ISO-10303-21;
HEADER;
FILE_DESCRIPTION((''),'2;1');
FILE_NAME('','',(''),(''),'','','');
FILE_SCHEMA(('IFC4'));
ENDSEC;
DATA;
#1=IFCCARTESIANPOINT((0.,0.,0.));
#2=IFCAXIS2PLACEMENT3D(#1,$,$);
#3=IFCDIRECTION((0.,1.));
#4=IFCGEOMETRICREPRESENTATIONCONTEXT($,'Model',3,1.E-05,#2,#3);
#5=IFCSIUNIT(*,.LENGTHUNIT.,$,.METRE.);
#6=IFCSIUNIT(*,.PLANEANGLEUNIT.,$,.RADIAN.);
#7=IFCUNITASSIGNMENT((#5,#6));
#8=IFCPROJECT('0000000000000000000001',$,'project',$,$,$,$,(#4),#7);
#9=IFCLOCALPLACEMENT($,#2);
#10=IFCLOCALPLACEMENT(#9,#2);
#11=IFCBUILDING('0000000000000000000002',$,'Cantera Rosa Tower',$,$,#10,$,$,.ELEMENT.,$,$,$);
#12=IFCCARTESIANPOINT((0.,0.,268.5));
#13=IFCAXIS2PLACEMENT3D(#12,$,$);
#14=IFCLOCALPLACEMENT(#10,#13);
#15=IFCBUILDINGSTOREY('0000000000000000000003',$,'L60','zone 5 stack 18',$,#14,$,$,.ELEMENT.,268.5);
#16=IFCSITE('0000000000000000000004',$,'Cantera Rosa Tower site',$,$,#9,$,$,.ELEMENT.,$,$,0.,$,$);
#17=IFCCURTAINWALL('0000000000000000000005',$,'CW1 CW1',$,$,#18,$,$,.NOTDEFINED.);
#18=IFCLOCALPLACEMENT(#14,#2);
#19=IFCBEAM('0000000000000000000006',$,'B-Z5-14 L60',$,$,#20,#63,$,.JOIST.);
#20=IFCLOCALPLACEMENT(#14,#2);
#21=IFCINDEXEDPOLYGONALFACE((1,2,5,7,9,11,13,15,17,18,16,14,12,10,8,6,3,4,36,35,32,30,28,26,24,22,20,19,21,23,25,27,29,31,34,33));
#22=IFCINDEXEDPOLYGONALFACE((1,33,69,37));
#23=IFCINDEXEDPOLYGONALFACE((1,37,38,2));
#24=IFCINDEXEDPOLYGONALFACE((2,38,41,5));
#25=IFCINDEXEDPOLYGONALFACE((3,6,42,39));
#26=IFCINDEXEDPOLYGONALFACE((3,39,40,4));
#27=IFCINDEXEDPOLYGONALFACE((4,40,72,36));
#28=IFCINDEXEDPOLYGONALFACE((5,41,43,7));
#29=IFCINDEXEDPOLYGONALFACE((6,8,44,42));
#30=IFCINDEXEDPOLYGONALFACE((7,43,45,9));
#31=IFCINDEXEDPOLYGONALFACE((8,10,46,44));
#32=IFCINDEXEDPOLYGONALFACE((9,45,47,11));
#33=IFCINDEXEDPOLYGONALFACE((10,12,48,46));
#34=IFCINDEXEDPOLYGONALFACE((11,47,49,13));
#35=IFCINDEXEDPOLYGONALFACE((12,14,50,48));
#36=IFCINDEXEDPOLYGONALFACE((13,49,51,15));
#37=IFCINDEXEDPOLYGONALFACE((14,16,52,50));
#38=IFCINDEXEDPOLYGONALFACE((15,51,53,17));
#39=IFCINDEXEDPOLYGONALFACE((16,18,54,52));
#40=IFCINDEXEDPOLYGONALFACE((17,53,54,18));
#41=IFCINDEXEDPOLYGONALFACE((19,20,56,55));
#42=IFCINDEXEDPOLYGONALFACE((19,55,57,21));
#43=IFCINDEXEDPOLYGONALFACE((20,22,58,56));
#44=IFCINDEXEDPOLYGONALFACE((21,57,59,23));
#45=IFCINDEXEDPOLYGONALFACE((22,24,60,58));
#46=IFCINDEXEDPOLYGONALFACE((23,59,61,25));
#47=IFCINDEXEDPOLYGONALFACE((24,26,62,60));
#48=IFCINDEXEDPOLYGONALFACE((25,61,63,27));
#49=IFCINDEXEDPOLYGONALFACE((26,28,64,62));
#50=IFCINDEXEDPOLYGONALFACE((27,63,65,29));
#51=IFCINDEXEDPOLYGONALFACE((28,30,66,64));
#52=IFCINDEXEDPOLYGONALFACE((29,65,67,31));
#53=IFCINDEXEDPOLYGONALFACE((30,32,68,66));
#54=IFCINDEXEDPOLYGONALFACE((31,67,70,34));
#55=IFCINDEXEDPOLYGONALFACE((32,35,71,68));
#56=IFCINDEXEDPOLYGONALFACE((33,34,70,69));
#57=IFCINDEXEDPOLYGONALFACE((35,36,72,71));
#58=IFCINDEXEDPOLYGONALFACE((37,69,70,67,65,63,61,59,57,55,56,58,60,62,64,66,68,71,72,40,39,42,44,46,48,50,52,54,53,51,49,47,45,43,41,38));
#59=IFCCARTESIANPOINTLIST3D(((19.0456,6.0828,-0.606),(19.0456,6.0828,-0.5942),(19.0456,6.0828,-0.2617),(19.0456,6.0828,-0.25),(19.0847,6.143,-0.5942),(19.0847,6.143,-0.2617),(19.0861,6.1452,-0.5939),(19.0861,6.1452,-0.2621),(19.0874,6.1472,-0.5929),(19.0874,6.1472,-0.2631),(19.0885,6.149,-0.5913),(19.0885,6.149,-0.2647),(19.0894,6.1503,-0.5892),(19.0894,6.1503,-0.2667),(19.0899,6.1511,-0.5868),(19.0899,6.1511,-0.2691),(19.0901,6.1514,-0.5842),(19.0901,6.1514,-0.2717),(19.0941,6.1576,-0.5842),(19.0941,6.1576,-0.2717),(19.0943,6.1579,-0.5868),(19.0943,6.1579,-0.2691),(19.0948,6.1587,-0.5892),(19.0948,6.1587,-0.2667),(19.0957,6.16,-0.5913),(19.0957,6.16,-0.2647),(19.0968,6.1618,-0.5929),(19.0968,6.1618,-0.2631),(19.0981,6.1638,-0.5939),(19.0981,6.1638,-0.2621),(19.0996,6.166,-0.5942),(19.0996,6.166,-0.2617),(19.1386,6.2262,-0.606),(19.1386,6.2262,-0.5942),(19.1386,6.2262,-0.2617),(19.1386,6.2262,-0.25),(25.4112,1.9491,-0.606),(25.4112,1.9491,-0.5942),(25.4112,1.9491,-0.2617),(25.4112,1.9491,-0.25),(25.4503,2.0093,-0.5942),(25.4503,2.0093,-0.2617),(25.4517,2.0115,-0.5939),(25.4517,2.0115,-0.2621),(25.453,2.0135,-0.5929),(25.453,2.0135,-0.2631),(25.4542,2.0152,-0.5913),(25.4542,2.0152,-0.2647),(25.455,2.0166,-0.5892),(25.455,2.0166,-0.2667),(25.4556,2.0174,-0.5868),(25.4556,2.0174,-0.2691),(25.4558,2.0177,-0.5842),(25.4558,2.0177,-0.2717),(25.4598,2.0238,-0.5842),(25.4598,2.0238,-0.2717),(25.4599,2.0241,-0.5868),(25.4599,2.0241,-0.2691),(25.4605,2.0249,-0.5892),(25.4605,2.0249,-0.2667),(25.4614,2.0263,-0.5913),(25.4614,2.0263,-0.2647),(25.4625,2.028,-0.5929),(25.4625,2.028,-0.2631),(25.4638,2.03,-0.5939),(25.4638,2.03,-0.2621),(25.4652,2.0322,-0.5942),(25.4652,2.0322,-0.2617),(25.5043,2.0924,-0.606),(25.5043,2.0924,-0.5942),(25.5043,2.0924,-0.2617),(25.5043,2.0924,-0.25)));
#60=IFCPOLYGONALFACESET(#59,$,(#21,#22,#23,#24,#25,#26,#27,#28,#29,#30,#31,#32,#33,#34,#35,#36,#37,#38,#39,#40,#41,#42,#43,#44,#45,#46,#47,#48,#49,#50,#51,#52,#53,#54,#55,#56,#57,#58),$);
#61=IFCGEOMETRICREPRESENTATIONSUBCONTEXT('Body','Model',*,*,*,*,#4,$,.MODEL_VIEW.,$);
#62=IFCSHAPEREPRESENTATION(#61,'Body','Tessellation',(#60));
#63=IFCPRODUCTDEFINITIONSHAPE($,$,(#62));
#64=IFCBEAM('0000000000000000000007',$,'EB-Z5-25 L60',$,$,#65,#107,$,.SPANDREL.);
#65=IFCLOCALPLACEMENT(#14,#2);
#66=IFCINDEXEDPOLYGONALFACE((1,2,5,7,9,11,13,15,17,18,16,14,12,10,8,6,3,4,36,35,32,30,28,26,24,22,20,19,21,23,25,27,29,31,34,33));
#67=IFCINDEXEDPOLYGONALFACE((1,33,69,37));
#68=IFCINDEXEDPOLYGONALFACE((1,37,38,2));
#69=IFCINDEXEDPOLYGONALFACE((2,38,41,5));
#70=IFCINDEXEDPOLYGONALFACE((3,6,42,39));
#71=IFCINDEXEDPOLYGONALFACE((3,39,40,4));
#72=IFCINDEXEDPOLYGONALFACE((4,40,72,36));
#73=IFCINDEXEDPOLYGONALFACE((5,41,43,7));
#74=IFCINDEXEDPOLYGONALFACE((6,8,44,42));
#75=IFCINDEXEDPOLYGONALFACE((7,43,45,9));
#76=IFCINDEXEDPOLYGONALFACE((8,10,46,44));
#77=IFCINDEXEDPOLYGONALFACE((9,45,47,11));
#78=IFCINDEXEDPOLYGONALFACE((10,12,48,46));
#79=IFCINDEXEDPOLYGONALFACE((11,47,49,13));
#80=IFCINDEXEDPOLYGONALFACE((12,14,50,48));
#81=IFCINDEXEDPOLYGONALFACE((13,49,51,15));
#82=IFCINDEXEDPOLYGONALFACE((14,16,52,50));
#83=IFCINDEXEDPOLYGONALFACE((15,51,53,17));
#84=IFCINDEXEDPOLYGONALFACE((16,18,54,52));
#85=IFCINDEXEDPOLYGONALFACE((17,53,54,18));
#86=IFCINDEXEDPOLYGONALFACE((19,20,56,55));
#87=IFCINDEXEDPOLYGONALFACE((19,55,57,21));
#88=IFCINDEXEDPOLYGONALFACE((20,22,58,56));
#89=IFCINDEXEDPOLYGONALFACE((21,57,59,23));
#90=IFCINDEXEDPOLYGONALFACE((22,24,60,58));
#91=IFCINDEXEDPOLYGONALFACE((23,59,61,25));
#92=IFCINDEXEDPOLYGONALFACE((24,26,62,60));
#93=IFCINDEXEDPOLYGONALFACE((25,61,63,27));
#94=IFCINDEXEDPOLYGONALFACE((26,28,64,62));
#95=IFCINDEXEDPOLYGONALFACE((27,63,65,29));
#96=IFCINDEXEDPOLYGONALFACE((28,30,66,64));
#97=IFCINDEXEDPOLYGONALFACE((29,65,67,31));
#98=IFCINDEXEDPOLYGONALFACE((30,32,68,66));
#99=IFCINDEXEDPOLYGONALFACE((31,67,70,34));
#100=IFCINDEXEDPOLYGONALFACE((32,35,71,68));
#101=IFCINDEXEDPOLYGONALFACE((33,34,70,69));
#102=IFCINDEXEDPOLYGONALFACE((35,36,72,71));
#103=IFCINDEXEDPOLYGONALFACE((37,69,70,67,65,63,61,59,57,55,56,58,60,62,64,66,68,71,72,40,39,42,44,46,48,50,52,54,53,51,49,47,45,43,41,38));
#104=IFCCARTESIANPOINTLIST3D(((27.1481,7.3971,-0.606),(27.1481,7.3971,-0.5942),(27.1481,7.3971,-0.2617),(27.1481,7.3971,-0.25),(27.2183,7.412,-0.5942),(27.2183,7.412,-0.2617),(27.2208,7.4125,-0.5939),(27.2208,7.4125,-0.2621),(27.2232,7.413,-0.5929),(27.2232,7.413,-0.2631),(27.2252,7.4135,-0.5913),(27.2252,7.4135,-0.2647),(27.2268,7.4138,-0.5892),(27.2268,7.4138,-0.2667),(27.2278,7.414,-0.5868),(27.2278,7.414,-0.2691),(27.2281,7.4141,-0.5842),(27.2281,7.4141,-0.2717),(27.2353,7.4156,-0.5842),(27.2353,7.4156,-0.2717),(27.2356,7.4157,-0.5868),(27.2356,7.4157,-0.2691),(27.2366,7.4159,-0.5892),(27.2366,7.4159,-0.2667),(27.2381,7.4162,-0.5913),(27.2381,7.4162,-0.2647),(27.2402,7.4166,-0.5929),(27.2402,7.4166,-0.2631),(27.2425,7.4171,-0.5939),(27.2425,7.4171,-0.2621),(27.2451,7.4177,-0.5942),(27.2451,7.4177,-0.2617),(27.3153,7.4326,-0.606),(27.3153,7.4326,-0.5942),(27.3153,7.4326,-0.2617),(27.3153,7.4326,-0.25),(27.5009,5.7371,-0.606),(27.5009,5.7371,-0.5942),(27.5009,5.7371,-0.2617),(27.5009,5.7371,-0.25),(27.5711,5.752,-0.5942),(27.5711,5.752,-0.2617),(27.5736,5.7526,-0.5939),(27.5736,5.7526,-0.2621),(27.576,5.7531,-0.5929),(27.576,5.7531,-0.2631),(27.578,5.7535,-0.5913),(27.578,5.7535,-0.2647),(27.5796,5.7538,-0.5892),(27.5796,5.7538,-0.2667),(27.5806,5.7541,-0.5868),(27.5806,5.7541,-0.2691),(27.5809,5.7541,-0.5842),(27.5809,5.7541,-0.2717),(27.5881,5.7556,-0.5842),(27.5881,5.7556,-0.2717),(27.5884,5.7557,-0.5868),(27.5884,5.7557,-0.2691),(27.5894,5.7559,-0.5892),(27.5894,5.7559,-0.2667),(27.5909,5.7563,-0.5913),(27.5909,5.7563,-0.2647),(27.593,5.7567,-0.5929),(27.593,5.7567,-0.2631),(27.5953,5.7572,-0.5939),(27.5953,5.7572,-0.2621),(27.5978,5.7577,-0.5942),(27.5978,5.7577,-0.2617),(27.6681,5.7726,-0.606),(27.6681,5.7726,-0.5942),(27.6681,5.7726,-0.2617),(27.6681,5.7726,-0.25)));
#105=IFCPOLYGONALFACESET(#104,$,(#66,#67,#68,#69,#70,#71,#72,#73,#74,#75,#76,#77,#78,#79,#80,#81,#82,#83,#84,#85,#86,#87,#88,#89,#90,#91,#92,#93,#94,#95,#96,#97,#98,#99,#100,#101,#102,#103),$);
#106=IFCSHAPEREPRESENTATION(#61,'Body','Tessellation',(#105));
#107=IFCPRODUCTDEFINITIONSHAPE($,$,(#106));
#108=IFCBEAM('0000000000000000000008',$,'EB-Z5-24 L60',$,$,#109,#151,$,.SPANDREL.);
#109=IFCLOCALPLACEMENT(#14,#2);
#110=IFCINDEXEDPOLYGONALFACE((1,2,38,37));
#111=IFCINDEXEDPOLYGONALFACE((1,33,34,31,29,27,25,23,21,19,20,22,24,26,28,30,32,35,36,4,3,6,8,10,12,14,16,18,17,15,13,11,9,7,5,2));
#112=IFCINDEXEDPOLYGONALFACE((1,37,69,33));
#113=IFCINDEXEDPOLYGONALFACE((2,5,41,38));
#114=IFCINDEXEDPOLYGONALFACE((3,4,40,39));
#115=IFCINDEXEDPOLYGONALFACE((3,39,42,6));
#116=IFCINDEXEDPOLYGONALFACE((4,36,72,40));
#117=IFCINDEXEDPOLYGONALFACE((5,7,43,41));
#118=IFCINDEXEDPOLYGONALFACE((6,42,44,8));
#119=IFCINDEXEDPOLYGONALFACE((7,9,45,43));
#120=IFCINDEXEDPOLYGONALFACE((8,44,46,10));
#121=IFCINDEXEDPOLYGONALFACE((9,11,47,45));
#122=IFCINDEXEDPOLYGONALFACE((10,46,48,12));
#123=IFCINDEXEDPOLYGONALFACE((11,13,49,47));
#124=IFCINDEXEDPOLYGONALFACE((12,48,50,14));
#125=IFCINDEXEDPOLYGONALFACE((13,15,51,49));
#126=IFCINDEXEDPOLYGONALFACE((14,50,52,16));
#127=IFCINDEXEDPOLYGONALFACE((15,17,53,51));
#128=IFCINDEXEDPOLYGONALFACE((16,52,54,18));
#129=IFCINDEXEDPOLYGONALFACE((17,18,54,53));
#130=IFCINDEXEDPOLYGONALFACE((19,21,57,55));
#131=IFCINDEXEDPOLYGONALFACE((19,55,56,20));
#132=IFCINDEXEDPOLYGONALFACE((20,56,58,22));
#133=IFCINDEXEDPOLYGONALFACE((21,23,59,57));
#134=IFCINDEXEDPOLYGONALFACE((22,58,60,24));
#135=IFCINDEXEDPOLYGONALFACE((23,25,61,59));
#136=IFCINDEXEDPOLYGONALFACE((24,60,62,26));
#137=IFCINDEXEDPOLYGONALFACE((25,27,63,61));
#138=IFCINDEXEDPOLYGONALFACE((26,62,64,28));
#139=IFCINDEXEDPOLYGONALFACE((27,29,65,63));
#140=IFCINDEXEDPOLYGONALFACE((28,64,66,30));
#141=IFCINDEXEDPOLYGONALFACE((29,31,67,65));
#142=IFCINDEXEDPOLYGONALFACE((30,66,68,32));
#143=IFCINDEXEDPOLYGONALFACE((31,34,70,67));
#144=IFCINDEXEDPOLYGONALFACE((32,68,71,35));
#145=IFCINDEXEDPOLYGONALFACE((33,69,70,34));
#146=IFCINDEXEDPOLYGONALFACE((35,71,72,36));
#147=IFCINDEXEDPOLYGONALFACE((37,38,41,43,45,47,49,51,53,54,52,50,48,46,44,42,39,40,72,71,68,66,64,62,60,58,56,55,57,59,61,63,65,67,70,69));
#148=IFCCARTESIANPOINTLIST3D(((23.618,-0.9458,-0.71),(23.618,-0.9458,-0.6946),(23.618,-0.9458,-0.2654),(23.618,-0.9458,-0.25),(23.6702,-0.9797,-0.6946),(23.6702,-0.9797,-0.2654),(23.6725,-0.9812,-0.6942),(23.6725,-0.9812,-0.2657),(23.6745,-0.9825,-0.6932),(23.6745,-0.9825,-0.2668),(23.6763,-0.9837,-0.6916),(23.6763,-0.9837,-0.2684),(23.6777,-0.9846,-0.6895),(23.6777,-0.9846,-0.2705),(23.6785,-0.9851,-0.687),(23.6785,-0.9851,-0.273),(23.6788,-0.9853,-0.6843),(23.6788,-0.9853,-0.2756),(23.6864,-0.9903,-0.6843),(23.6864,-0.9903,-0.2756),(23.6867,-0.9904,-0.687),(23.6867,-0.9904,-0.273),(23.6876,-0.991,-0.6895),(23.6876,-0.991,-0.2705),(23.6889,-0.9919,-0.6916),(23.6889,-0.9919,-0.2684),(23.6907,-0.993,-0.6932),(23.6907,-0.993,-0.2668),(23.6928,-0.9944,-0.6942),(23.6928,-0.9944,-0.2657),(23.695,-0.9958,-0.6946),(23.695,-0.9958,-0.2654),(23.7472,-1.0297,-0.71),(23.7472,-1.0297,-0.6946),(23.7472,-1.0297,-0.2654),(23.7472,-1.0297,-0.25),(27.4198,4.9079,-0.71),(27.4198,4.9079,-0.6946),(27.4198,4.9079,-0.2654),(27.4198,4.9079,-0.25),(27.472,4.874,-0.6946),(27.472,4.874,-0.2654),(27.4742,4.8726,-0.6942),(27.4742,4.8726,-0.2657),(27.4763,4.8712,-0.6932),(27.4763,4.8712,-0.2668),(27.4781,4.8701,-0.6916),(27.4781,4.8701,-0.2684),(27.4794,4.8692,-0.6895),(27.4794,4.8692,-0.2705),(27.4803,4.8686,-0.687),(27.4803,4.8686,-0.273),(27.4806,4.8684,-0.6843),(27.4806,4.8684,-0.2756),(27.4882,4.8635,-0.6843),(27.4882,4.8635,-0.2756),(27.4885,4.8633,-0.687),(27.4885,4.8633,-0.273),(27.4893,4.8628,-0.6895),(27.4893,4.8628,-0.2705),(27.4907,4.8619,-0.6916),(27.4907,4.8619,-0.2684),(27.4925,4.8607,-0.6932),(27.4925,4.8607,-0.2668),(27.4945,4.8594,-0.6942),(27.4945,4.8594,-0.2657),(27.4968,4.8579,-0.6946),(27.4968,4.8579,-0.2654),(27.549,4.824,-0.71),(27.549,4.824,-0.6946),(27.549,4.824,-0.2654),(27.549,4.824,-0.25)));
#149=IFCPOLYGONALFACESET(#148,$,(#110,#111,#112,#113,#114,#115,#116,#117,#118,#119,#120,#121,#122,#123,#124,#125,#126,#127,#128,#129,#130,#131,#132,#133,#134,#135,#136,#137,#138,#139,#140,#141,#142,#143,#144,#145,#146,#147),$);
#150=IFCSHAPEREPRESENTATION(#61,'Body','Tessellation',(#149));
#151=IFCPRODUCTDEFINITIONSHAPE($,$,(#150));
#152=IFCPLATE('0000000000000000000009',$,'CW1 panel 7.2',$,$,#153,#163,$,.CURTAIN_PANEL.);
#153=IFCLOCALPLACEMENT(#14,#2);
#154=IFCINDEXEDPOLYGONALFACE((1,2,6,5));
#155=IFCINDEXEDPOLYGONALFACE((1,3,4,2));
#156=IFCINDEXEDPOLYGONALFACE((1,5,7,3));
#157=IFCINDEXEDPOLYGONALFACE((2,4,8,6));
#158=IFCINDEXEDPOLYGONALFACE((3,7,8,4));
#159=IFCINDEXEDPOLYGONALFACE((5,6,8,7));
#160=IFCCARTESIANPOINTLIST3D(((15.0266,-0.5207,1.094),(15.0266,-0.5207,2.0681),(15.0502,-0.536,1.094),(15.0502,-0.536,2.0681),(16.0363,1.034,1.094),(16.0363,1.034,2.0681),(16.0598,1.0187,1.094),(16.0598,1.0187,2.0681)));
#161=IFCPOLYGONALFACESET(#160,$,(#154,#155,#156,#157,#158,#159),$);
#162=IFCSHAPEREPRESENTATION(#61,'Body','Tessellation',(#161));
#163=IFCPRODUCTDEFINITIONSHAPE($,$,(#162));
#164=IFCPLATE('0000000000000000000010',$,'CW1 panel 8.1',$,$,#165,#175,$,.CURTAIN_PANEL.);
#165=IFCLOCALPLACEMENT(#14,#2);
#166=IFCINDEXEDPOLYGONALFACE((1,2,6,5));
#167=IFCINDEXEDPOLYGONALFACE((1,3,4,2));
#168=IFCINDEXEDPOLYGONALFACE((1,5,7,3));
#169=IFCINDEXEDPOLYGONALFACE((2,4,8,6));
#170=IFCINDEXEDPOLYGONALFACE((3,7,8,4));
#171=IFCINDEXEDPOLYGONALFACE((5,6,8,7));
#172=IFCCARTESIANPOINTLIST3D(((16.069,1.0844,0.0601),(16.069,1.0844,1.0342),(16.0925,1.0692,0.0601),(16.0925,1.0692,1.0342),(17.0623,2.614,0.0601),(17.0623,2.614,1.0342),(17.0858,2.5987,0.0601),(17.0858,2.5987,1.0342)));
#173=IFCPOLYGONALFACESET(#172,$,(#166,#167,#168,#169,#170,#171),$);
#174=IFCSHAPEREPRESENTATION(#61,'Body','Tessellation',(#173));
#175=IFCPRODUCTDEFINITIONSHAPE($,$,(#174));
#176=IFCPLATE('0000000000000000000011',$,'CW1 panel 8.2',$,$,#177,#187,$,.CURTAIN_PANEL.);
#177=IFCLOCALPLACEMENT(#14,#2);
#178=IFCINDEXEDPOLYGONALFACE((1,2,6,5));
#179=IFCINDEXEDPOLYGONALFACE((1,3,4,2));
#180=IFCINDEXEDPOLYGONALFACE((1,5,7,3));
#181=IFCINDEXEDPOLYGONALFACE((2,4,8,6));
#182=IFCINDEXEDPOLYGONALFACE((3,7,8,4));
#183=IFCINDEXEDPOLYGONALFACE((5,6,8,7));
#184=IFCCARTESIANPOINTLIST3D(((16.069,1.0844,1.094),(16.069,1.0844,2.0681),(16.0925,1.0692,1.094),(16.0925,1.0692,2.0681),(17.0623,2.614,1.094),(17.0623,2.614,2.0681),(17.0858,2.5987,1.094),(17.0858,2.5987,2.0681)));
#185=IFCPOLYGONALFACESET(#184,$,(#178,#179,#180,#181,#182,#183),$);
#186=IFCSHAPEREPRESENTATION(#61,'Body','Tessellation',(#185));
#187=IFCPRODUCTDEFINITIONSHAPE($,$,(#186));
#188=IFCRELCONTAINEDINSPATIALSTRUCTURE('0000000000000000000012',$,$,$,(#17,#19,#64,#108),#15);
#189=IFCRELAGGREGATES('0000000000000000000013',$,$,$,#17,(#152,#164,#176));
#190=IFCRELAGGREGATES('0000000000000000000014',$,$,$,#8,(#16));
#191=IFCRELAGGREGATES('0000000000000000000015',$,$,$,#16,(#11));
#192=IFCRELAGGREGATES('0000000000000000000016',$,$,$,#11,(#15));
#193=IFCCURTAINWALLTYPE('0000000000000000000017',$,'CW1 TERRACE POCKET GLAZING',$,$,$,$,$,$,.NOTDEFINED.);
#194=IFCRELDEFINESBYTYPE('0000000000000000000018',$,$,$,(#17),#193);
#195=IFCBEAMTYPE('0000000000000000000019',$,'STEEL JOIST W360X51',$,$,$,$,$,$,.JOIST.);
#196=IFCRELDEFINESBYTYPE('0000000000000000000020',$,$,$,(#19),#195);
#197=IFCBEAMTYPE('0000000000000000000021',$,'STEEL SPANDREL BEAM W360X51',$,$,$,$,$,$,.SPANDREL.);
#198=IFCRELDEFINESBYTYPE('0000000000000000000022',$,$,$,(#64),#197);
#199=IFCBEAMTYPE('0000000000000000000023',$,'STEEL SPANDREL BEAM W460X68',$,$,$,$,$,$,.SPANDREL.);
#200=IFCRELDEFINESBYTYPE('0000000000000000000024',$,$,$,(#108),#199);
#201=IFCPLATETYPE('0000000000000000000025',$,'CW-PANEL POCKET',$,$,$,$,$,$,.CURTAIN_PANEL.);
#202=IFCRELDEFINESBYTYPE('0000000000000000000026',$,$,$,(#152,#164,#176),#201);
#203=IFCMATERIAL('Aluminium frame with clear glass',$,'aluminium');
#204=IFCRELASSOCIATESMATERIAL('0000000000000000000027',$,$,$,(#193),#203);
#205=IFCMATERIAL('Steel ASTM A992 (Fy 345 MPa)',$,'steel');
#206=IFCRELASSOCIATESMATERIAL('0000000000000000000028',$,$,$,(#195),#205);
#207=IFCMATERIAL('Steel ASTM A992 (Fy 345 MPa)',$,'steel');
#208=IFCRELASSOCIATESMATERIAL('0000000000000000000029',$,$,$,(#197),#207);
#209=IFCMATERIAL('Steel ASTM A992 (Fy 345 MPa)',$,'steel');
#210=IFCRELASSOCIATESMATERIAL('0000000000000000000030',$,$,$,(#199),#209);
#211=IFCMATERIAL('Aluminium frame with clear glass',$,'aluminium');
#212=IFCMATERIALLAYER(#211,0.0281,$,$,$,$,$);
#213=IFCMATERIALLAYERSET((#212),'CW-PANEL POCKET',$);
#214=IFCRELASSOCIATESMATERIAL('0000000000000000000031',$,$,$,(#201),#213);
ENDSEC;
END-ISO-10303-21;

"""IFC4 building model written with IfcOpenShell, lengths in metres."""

from ifc_helpers import new_model, si_unit, direction, frame, origin, origin_2d, place, context, subcontext, project, spatial, rectangle, i_section, extrude, material, layer, layer_set, material_profile, profile_set, type_object, element, aggregate, save


model = new_model("IFC4")

# Units and contexts
model_context = context("Model", 3, precision=1e-05, world=origin(), true_north=direction((0.0, 1.0)))
body_context = subcontext(model_context, "Body", "Model", "MODEL_VIEW")
ifc_project = project(units=[si_unit("LENGTHUNIT", "METRE"), si_unit("PLANEANGLEUNIT", "RADIAN")], contexts=[model_context])

# Site, building, storey
site_placement = place(None, origin())
site = spatial("IfcSite", under=ifc_project, at=site_placement, Name="Cantera Rosa Tower site", CompositionType="ELEMENT", RefElevation=0.0)
building_placement = place(site_placement, origin())
building = spatial("IfcBuilding", under=site, at=building_placement, Name="Cantera Rosa Tower", CompositionType="ELEMENT")
storey_placement = place(building_placement, frame((0.0, 0.0, 268.5)))
storey = spatial("IfcBuildingStorey", under=building, at=storey_placement, Name="L60", Description="zone 5 stack 18", CompositionType="ELEMENT", Elevation=268.5)

# Curtain wall
ifc_material_1 = material(Name="Aluminium frame with clear glass", Category="aluminium")
curtain_wall_type = type_object("IfcCurtainWallType", Name="CW1 TERRACE POCKET GLAZING", PredefinedType="NOTDEFINED", material=ifc_material_1)
curtain_wall_placement = place(storey_placement, origin())
curtain_wall = element("IfcCurtainWall", 1, at=curtain_wall_placement, inside=storey, type_object=curtain_wall_type, Name="CW1 CW1", PredefinedType="NOTDEFINED")

# Beams
ifc_material_2 = material(Name="Steel ASTM A992 (Fy 345 MPa)", Category="steel")
ifc_material_profile_1 = material_profile(ifc_material_2, i_section(OverallWidth=0.1709, OverallDepth=0.356, WebThickness=0.0073, FlangeThickness=0.0117, FilletRadius=0.01, at=origin_2d()), Name="W360X51")
ifc_profile_set_1 = profile_set([ifc_material_profile_1], Name="Steel ASTM A992 (Fy 345 MPa)")
beam_type_1 = type_object("IfcBeamType", Name="STEEL JOIST W360X51", PredefinedType="JOIST", material=ifc_profile_set_1)
beam_1_placement = place(storey_placement, frame((25.4578, 2.0208, -0.428), z_axis=(-0.83868, 0.544624, 0.0), x_axis=(-0.544624, -0.83868, 0.0)))
element("IfcBeam", 2, at=beam_1_placement, inside=storey, type_object=beam_type_1, Name="B-Z5-14 L60", PredefinedType="JOIST", context=body_context, shape_type="SweptSolid", body=[
    extrude(i_section(OverallWidth=0.1709, OverallDepth=0.356, WebThickness=0.0073, FlangeThickness=0.0117, FilletRadius=0.01, at=origin_2d()), origin(), (0.0, 0.0, 1.0), 7.5901),
])
ifc_material_3 = material(Name="Steel ASTM A992 (Fy 345 MPa)", Category="steel")
ifc_material_profile_2 = material_profile(ifc_material_3, i_section(OverallWidth=0.1709, OverallDepth=0.356, WebThickness=0.0073, FlangeThickness=0.0117, FilletRadius=0.01, at=origin_2d()), Name="W360X51")
ifc_profile_set_2 = profile_set([ifc_material_profile_2], Name="Steel ASTM A992 (Fy 345 MPa)")
beam_type_2 = type_object("IfcBeamType", Name="STEEL SPANDREL BEAM W360X51", PredefinedType="SPANDREL", material=ifc_profile_set_2)
beam_2_placement = place(storey_placement, frame((27.5845, 5.7549, -0.428), z_axis=(-0.207888, 0.978153, 0.0), x_axis=(-0.978153, -0.207888, 0.0)))
element("IfcBeam", 3, at=beam_2_placement, inside=storey, type_object=beam_type_2, Name="EB-Z5-25 L60", PredefinedType="SPANDREL", context=body_context, shape_type="SweptSolid", body=[
    extrude(i_section(OverallWidth=0.1709, OverallDepth=0.356, WebThickness=0.0073, FlangeThickness=0.0117, FilletRadius=0.01, at=origin_2d()), origin(), (0.0, 0.0, 1.0), 1.697),
])
ifc_material_4 = material(Name="Steel ASTM A992 (Fy 345 MPa)", Category="steel")
ifc_material_profile_3 = material_profile(ifc_material_4, i_section(OverallWidth=0.1541, OverallDepth=0.46, WebThickness=0.009, FlangeThickness=0.0154, FilletRadius=0.0103, at=origin_2d()), Name="W460X68")
ifc_profile_set_3 = profile_set([ifc_material_profile_3], Name="Steel ASTM A992 (Fy 345 MPa)")
beam_type_3 = type_object("IfcBeamType", Name="STEEL SPANDREL BEAM W460X68", PredefinedType="SPANDREL", material=ifc_profile_set_3)
beam_3_placement = place(storey_placement, frame((23.6826, -0.9878, -0.48), z_axis=(0.544667, 0.838652, 0.0), x_axis=(-0.838652, 0.544667, 0.0)))
element("IfcBeam", 4, at=beam_3_placement, inside=storey, type_object=beam_type_3, Name="EB-Z5-24 L60", PredefinedType="SPANDREL", context=body_context, shape_type="SweptSolid", body=[
    extrude(i_section(OverallWidth=0.1541, OverallDepth=0.46, WebThickness=0.009, FlangeThickness=0.0154, FilletRadius=0.0103, at=origin_2d()), origin(), (0.0, 0.0, 1.0), 6.98),
])

# Plates
ifc_material_5 = material(Name="Aluminium frame with clear glass", Category="aluminium")
ifc_layer_1 = layer(ifc_material_5, 0.0281)
ifc_layer_set_1 = layer_set([ifc_layer_1], Name="CW-PANEL POCKET")
plate_type_1 = type_object("IfcPlateType", Name="CW-PANEL POCKET", PredefinedType="CURTAIN_PANEL", material=ifc_layer_set_1)
plate_1_placement = place(storey_placement, frame((15.5432, 0.249, 1.094), z_axis=(0.0, 0.0, 1.0), x_axis=(0.544639, 0.838671, 0.0)))
plate_1 = element("IfcPlate", 5, at=plate_1_placement, type_object=plate_type_1, Name="CW1 panel 7.2", PredefinedType="CURTAIN_PANEL", context=body_context, shape_type="SweptSolid", body=[
    extrude(rectangle(XDim=1.8538, YDim=0.0281, at=origin_2d()), origin(), (0.0, 0.0, 1.0), 0.9741),
])
plate_2_placement = place(storey_placement, frame((16.5774, 1.8416, 0.0601), z_axis=(0.0, 0.0, 1.0), x_axis=(0.544639, 0.838671, 0.0)))
plate_2 = element("IfcPlate", 6, at=plate_2_placement, type_object=plate_type_1, Name="CW1 panel 8.1", PredefinedType="CURTAIN_PANEL", context=body_context, shape_type="SweptSolid", body=[
    extrude(rectangle(XDim=1.8237, YDim=0.0281, at=origin_2d()), origin(), (0.0, 0.0, 1.0), 0.9741),
])
plate_3_placement = place(storey_placement, frame((16.5774, 1.8416, 1.094), z_axis=(0.0, 0.0, 1.0), x_axis=(0.544639, 0.838671, 0.0)))
plate_3 = element("IfcPlate", 7, at=plate_3_placement, type_object=plate_type_1, Name="CW1 panel 8.2", PredefinedType="CURTAIN_PANEL", context=body_context, shape_type="SweptSolid", body=[
    extrude(rectangle(XDim=1.8237, YDim=0.0281, at=origin_2d()), origin(), (0.0, 0.0, 1.0), 0.9741),
])
aggregate(curtain_wall, [plate_1, plate_2, plate_3])

save(model, "model.ifc")
